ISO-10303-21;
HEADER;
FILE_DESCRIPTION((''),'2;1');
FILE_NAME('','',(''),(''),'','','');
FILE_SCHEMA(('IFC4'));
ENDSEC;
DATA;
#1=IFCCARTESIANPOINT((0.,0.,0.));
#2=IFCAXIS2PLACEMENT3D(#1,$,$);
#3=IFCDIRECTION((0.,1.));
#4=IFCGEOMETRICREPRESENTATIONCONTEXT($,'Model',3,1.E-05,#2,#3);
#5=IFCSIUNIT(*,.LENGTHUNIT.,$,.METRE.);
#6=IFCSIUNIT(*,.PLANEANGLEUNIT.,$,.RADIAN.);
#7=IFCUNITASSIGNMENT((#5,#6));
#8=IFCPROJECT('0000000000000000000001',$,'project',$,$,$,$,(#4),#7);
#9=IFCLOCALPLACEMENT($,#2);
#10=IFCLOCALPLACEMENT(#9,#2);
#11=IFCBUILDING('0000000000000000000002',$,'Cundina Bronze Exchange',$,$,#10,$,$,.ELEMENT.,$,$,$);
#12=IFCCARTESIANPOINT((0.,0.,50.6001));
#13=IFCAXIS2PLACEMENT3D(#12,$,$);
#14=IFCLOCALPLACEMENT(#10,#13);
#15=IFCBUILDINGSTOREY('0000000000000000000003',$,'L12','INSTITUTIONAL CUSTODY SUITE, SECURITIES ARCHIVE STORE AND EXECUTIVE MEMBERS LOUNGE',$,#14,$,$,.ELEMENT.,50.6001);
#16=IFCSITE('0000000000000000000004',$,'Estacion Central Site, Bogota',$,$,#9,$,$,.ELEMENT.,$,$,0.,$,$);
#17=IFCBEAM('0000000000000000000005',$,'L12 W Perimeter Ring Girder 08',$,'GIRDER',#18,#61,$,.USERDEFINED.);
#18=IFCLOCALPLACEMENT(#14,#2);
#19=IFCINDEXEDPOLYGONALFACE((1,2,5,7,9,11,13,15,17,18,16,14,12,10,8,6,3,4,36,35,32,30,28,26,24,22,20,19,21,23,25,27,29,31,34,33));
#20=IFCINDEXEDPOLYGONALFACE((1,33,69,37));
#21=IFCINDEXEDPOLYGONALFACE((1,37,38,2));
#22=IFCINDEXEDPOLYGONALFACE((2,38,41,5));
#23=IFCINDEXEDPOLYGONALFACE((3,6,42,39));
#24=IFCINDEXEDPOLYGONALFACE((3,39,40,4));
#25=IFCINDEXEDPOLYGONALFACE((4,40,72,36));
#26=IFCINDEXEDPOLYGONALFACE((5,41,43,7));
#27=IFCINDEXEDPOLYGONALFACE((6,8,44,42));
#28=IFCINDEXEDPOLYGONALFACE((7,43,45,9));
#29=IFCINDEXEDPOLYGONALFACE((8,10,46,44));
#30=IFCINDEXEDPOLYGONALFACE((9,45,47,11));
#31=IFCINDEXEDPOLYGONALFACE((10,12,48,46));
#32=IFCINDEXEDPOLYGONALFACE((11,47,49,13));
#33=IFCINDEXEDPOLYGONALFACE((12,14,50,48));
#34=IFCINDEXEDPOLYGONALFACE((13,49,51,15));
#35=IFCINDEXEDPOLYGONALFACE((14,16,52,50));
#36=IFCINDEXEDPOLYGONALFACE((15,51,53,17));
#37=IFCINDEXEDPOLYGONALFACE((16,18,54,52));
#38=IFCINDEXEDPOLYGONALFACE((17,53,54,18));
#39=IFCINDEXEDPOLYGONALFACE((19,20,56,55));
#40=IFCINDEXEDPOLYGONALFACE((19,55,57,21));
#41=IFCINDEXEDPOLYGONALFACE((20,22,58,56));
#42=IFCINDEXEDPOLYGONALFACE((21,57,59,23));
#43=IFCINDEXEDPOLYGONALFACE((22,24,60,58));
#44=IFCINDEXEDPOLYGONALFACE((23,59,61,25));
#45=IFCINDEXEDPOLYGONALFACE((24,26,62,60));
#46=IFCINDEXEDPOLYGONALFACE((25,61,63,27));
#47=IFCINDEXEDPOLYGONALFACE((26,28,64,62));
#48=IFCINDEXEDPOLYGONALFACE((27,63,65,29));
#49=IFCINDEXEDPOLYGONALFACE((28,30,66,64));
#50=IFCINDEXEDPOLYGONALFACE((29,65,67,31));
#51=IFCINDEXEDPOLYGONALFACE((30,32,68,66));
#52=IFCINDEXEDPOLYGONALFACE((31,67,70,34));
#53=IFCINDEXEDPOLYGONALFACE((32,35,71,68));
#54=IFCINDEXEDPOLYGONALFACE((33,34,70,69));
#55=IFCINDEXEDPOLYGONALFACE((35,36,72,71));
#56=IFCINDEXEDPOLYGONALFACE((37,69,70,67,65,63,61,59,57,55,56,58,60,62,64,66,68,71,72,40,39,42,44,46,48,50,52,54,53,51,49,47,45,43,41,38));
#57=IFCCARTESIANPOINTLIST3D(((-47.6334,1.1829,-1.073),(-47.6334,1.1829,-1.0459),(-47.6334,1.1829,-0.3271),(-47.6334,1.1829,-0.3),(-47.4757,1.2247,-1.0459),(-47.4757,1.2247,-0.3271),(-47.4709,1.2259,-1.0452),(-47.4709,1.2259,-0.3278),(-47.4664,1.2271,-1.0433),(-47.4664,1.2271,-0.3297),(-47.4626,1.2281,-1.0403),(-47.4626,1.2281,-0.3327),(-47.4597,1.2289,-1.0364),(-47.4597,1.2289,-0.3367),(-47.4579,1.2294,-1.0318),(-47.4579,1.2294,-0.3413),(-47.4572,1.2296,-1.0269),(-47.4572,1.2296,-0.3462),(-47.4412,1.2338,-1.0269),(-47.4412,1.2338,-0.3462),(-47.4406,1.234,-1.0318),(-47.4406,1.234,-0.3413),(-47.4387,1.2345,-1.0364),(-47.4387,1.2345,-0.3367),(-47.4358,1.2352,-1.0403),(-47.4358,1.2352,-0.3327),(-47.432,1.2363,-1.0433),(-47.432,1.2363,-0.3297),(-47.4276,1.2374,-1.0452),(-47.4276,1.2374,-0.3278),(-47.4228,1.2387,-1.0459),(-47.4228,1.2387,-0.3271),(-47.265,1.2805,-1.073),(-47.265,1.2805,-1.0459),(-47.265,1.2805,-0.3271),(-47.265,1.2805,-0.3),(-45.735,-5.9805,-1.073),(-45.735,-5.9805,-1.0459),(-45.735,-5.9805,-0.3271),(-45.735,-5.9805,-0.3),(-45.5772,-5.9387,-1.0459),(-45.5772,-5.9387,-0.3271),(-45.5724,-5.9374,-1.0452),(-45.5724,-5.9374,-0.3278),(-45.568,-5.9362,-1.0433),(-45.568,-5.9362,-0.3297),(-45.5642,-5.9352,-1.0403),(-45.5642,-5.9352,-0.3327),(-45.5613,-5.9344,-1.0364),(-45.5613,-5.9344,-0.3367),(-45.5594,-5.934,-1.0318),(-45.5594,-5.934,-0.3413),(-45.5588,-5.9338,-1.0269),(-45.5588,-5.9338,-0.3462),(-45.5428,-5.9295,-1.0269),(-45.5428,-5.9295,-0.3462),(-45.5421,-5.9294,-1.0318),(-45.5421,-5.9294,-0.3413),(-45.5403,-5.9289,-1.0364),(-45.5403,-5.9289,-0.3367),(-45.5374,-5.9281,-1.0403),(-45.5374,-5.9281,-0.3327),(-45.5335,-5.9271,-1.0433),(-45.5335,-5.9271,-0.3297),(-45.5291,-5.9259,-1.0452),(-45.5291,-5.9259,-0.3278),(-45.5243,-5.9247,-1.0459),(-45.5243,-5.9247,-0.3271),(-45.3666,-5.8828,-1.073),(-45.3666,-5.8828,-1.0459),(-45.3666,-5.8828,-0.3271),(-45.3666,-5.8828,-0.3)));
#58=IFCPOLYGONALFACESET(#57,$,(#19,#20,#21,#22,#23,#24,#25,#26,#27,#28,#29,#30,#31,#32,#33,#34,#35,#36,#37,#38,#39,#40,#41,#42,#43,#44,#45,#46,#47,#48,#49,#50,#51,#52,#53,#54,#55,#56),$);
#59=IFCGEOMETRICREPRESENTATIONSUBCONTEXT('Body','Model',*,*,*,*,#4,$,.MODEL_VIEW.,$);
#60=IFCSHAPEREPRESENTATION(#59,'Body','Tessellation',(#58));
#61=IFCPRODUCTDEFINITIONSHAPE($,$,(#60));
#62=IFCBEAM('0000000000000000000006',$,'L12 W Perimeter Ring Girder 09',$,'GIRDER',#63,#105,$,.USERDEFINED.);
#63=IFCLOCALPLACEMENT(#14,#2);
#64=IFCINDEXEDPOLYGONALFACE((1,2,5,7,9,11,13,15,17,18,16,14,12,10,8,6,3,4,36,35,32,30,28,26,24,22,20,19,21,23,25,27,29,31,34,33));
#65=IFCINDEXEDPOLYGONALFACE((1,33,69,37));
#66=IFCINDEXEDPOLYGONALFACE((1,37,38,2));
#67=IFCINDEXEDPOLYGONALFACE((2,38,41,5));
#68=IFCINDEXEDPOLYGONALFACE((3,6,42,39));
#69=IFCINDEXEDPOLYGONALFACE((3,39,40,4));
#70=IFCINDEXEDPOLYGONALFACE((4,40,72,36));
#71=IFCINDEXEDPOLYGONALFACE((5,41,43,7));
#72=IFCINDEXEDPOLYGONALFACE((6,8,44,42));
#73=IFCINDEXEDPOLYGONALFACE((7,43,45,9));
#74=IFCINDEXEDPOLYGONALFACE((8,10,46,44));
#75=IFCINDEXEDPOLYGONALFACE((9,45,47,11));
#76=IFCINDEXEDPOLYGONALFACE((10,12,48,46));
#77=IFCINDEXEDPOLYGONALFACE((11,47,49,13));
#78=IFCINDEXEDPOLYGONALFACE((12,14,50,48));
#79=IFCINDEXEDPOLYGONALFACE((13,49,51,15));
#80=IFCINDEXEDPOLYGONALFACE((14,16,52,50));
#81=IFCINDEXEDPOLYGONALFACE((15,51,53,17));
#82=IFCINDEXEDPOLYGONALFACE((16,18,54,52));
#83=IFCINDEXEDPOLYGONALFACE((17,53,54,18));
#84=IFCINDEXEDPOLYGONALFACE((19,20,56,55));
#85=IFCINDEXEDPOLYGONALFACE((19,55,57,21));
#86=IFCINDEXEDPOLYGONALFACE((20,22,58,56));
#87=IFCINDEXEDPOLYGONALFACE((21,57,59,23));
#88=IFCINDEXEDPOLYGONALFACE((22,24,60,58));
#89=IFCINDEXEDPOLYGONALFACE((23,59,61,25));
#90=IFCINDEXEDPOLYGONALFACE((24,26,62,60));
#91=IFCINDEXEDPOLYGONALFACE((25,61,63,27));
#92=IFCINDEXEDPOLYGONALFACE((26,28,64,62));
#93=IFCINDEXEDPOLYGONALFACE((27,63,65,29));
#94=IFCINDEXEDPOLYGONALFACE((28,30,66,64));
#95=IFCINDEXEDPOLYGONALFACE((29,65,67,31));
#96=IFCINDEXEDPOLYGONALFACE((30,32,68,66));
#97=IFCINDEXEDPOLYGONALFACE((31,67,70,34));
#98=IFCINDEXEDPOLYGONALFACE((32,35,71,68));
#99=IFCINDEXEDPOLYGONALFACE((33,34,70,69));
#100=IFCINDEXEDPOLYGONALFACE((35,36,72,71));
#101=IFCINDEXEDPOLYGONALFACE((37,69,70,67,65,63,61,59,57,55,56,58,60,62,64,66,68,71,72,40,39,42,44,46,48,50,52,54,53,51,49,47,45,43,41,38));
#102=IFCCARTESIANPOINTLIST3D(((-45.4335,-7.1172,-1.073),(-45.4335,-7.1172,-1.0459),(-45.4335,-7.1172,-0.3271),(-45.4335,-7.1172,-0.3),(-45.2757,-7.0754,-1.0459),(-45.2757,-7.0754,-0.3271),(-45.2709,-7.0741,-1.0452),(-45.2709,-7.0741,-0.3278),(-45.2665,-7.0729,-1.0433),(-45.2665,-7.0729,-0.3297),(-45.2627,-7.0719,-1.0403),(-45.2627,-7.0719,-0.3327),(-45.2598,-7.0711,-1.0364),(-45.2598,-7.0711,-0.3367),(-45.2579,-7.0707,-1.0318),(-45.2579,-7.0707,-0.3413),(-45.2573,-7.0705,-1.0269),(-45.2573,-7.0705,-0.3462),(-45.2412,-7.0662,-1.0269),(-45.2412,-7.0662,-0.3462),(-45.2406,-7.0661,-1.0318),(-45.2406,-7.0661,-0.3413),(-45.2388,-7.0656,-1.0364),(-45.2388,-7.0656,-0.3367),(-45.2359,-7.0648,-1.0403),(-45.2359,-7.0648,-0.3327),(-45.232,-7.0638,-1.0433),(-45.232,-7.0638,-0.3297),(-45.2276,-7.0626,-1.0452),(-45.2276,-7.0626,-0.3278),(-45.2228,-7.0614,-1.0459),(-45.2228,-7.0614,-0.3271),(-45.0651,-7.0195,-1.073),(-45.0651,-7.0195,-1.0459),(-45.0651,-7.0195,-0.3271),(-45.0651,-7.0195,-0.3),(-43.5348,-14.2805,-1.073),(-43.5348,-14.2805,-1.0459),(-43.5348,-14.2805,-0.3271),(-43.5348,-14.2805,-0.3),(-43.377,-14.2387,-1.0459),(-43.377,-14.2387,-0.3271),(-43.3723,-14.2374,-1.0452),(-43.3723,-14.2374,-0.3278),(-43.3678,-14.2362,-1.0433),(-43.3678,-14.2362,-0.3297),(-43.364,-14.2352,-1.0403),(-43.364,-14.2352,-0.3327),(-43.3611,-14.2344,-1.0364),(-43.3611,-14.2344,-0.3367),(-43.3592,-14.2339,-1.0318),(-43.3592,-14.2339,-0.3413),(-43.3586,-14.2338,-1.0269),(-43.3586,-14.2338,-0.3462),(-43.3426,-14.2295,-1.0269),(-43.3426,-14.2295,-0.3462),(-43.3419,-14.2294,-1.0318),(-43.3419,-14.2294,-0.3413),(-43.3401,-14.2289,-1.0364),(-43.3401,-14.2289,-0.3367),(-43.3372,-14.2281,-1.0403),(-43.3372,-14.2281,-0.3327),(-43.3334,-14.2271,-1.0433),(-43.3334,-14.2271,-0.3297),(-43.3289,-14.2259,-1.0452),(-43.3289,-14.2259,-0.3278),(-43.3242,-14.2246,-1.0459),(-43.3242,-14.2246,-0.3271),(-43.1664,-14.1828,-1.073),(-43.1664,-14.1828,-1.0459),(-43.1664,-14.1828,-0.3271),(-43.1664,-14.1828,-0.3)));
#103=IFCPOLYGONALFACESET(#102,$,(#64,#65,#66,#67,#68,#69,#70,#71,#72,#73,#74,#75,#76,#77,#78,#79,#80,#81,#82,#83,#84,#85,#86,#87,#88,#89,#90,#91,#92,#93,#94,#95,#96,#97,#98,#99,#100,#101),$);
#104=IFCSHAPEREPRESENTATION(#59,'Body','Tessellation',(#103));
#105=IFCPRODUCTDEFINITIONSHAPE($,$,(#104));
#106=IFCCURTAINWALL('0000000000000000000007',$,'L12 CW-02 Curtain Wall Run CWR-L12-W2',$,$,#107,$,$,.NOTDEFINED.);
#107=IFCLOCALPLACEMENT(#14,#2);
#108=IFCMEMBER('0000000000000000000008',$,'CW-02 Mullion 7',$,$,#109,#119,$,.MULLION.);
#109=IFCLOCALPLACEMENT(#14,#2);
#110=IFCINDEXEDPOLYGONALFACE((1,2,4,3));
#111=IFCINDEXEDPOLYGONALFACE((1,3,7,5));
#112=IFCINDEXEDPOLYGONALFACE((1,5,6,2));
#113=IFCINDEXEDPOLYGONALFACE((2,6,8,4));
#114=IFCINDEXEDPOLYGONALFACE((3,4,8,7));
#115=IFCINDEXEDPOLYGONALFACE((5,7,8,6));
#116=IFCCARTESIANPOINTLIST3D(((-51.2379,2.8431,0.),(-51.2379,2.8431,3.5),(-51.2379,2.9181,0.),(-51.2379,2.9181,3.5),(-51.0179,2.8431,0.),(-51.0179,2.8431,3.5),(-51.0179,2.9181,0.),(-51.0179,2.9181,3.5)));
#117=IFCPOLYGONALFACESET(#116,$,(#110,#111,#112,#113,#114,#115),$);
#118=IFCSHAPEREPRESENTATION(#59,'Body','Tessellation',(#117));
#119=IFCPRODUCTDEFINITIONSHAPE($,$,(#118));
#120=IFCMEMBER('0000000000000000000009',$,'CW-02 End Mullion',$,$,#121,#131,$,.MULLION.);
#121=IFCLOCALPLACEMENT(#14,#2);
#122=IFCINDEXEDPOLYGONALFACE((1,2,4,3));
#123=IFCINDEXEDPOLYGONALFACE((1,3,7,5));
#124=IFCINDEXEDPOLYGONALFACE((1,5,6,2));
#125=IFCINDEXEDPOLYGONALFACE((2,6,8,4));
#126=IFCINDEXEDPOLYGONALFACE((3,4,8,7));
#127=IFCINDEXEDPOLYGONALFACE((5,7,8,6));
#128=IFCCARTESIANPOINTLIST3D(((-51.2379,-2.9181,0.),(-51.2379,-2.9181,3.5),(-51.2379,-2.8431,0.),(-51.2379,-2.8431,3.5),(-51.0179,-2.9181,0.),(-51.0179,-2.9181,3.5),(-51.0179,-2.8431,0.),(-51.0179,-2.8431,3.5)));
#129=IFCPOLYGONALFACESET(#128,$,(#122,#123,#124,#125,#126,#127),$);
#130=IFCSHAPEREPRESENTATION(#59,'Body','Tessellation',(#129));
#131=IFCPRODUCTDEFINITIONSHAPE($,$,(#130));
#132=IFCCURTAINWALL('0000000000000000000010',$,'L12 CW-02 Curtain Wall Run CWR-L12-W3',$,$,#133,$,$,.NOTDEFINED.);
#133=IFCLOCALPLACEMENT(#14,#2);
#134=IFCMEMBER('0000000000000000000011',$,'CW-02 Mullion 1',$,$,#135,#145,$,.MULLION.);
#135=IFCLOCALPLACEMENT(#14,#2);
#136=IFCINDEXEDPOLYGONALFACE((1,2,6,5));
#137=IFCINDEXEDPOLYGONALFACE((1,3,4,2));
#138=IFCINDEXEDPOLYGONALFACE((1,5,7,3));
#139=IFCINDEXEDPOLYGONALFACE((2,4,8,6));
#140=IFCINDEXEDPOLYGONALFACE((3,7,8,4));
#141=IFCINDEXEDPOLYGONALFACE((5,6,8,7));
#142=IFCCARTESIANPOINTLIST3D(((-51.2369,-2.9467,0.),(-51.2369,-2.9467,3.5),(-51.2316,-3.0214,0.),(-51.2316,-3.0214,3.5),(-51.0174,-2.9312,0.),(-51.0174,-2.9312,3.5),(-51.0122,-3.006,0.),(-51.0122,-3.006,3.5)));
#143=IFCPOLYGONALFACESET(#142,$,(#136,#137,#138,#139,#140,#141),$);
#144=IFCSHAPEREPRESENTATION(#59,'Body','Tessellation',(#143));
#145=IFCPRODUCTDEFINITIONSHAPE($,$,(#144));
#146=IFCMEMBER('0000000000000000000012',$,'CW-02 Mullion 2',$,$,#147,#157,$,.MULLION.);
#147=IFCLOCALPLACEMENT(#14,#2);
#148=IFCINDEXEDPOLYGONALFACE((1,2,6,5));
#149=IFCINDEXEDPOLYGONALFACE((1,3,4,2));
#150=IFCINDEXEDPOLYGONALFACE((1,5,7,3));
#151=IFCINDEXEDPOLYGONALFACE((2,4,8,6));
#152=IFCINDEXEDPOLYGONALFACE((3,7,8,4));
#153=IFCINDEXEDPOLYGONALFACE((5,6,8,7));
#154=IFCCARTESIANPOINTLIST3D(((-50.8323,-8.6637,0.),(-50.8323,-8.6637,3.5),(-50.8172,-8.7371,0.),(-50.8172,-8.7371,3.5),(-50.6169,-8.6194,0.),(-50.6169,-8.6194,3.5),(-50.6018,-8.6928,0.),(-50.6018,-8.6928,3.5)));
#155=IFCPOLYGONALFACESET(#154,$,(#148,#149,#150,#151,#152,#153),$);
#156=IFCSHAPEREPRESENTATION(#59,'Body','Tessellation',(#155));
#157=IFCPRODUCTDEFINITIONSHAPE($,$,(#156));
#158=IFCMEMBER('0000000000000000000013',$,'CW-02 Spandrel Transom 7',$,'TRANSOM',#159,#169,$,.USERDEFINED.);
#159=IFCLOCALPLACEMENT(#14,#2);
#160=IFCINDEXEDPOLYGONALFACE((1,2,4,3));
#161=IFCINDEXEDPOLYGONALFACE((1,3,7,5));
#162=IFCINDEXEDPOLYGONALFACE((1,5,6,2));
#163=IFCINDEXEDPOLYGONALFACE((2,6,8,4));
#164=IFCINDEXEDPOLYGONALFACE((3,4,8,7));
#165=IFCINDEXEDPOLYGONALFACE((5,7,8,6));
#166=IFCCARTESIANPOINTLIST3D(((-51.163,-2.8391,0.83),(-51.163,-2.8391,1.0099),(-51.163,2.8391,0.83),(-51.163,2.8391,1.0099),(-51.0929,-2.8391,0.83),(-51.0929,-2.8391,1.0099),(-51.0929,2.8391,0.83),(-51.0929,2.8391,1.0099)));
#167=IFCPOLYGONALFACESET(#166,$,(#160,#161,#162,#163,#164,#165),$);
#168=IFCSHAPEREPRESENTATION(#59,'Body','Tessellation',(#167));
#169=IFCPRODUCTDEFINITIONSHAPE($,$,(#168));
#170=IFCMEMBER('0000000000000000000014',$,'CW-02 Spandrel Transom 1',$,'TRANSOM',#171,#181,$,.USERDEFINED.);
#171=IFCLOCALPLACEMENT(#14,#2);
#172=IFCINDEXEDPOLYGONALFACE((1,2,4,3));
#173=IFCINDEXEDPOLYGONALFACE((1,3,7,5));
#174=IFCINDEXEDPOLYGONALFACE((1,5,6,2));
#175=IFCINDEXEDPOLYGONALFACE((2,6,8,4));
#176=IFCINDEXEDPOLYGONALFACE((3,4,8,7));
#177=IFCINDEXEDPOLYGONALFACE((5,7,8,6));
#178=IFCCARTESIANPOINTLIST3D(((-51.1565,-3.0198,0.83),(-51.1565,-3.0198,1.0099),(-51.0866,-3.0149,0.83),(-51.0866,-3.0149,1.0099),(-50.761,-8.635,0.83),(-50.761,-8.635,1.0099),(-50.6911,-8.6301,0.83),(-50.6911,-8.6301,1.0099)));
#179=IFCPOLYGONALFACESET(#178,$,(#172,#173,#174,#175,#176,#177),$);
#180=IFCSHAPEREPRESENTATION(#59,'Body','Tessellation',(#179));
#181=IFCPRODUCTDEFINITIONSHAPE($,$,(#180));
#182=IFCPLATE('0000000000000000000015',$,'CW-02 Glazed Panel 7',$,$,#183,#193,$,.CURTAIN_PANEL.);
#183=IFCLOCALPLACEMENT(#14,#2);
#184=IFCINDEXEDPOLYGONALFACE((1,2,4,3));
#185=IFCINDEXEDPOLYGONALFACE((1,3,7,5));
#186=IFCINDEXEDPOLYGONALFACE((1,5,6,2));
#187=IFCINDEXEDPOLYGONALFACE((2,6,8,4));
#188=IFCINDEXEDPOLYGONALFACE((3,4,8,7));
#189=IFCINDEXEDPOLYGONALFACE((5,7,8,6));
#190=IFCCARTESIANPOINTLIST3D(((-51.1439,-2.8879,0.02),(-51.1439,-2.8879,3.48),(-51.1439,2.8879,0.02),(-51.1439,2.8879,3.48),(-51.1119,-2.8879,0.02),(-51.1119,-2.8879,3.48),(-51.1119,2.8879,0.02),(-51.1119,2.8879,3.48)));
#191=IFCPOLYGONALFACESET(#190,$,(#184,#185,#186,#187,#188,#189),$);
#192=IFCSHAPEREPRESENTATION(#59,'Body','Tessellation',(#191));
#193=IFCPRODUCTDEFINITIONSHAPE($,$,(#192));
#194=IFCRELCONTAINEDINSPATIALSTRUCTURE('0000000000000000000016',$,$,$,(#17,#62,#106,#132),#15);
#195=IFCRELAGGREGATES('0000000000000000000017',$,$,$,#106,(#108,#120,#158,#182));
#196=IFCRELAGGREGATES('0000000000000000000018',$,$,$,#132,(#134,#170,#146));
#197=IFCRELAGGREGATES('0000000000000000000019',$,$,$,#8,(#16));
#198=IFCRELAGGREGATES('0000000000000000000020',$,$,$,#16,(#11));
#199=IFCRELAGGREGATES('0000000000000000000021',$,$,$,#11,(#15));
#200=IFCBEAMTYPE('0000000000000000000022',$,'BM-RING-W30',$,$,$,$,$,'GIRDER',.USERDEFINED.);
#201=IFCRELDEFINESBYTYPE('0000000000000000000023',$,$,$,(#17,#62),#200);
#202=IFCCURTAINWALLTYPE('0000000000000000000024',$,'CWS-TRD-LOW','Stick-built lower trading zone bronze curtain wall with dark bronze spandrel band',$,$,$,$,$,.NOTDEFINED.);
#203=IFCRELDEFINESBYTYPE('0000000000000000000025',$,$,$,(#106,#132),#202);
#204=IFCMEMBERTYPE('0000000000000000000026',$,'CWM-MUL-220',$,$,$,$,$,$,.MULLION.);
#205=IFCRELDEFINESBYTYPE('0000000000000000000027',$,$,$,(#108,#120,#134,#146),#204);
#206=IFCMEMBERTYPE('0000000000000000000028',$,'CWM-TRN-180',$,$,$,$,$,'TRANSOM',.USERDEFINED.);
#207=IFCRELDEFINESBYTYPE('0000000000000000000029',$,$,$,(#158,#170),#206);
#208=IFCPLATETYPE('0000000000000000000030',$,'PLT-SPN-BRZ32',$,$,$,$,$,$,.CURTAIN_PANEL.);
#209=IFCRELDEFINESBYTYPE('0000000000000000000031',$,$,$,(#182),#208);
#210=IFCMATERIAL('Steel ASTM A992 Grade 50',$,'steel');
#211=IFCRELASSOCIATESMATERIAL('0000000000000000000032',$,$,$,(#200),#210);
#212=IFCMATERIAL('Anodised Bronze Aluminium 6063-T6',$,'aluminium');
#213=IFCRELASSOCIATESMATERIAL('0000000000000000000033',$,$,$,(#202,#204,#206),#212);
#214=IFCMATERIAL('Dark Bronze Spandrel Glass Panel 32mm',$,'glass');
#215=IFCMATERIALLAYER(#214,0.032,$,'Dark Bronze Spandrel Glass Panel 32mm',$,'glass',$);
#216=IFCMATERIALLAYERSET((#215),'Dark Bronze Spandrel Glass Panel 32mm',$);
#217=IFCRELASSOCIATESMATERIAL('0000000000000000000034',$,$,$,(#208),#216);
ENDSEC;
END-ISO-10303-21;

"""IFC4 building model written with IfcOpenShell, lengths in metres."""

from ifc_helpers import new_model, si_unit, direction, frame, origin, origin_2d, place, context, subcontext, project, spatial, rectangle, i_section, extrude, material, layer, layer_set, material_profile, profile_set, type_object, element, aggregate, save


model = new_model("IFC4")

# Units and contexts
model_context = context("Model", 3, precision=1e-05, world=origin(), true_north=direction((0.0, 1.0)))
body_context = subcontext(model_context, "Body", "Model", "MODEL_VIEW")
ifc_project = project(units=[si_unit("LENGTHUNIT", "METRE"), si_unit("PLANEANGLEUNIT", "RADIAN")], contexts=[model_context])

# Site, building, storey
site_placement = place(None, origin())
site = spatial("IfcSite", under=ifc_project, at=site_placement, Name="Estacion Central Site, Bogota", CompositionType="ELEMENT", RefElevation=0.0)
building_placement = place(site_placement, origin())
building = spatial("IfcBuilding", under=site, at=building_placement, Name="Cundina Bronze Exchange", CompositionType="ELEMENT")
storey_placement = place(building_placement, frame((0.0, 0.0, 50.6001)))
storey = spatial("IfcBuildingStorey", under=building, at=storey_placement, Name="L12", Description="INSTITUTIONAL CUSTODY SUITE, SECURITIES ARCHIVE STORE AND EXECUTIVE MEMBERS LOUNGE", CompositionType="ELEMENT", Elevation=50.6001)

# Beams
ifc_material_1 = material(Name="Steel ASTM A992 Grade 50", Category="steel")
ifc_material_profile_1 = material_profile(ifc_material_1, i_section(OverallWidth=0.3811, OverallDepth=0.7729, WebThickness=0.0166, FlangeThickness=0.0271, FilletRadius=0.019, at=origin_2d()), Name="W30X173", Category="steel")
ifc_profile_set_1 = profile_set([ifc_material_profile_1], Name="Steel ASTM A992 Grade 50")
beam_type_1 = type_object("IfcBeamType", Name="BM-RING-W30", ElementType="GIRDER", PredefinedType="USERDEFINED", material=ifc_profile_set_1)
for number, where, z_axis, x_axis, name in (
    (1, (-47.4492, 1.2317, -0.6865), (0.256178, -0.96663, 0.0), (0.96663, 0.256178, 0.0), "L12 W Perimeter Ring Girder 08"),
    (2, (-45.2493, -7.0684, -0.6865), (0.256209, -0.966622, 0.0), (0.966622, 0.256209, 0.0), "L12 W Perimeter Ring Girder 09"),
):
    element("IfcBeam", number, at=place(storey_placement, frame(where, z_axis=z_axis, x_axis=x_axis)), inside=storey, type_object=beam_type_1, Name=name, ObjectType="GIRDER", PredefinedType="USERDEFINED", context=body_context, shape_type="SweptSolid", body=[
        extrude(i_section(OverallWidth=0.3811, OverallDepth=0.7729, WebThickness=0.0166, FlangeThickness=0.0271, FilletRadius=0.019, at=origin_2d()), origin(), (0.0, 0.0, 1.0), 7.4106),
    ])

# Curtain walls, members
ifc_material_2 = material(Name="Anodised Bronze Aluminium 6063-T6", Category="aluminium")
curtain_wall_type = type_object("IfcCurtainWallType", Name="CWS-TRD-LOW", Description="Stick-built lower trading zone bronze curtain wall with dark bronze spandrel band", PredefinedType="NOTDEFINED", material=ifc_material_2)
curtain_wall_1_placement = place(storey_placement, origin())
curtain_wall_1 = element("IfcCurtainWall", 3, at=curtain_wall_1_placement, inside=storey, type_object=curtain_wall_type, Name="L12 CW-02 Curtain Wall Run CWR-L12-W2", PredefinedType="NOTDEFINED")
ifc_material_profile_2 = material_profile(ifc_material_2, rectangle(XDim=0.075, YDim=0.22, at=origin_2d()), Name="AL75X220", Category="aluminium")
ifc_profile_set_2 = profile_set([ifc_material_profile_2], Name="Anodised Bronze Aluminium 6063-T6")
member_type_1 = type_object("IfcMemberType", Name="CWM-MUL-220", PredefinedType="MULLION", material=ifc_profile_set_2)
member_1_placement = place(storey_placement, frame((-51.1279, 2.8806, 0.0), z_axis=(0.0, 0.0, 1.0), x_axis=(0.0, -1.0, 0.0)))
member_1 = element("IfcMember", 4, at=member_1_placement, type_object=member_type_1, Name="CW-02 Mullion 7", PredefinedType="MULLION", context=body_context, shape_type="SweptSolid", body=[
    extrude(rectangle(XDim=0.075, YDim=0.22, at=origin_2d()), origin(), (0.0, 0.0, 1.0), 3.5),
])
member_2_placement = place(storey_placement, frame((-51.1279, -2.8806, 0.0), z_axis=(0.0, 0.0, 1.0), x_axis=(0.0, -1.0, 0.0)))
member_2 = element("IfcMember", 5, at=member_2_placement, type_object=member_type_1, Name="CW-02 End Mullion", PredefinedType="MULLION", context=body_context, shape_type="SweptSolid", body=[
    extrude(rectangle(XDim=0.075, YDim=0.22, at=origin_2d()), origin(), (0.0, 0.0, 1.0), 3.5),
])
curtain_wall_2_placement = place(storey_placement, origin())
curtain_wall_2 = element("IfcCurtainWall", 6, at=curtain_wall_2_placement, inside=storey, type_object=curtain_wall_type, Name="L12 CW-02 Curtain Wall Run CWR-L12-W3", PredefinedType="NOTDEFINED")
member_3_placement = place(storey_placement, frame((-51.1245, -2.9763, 0.0), z_axis=(0.0, 0.0, 1.0), x_axis=(0.070279, -0.997527, 0.0)))
member_3 = element("IfcMember", 7, at=member_3_placement, type_object=member_type_1, Name="CW-02 Mullion 1", PredefinedType="MULLION", context=body_context, shape_type="SweptSolid", body=[
    extrude(rectangle(XDim=0.075, YDim=0.22, at=origin_2d()), origin(), (0.0, 0.0, 1.0), 3.5),
])
member_4_placement = place(storey_placement, frame((-50.717, -8.6782, 0.0), z_axis=(0.0, 0.0, 1.0), x_axis=(0.20142, -0.979505, 0.0)))
member_4 = element("IfcMember", 8, at=member_4_placement, type_object=member_type_1, Name="CW-02 Mullion 2", PredefinedType="MULLION", context=body_context, shape_type="SweptSolid", body=[
    extrude(rectangle(XDim=0.075, YDim=0.22, at=origin_2d()), origin(), (0.0, 0.0, 1.0), 3.5),
])

# Members
ifc_material_profile_3 = material_profile(ifc_material_2, rectangle(XDim=0.0701, YDim=0.1799, at=origin_2d()), Name="AL70X180", Category="aluminium")
ifc_profile_set_3 = profile_set([ifc_material_profile_3], Name="Anodised Bronze Aluminium 6063-T6")
member_type_2 = type_object("IfcMemberType", Name="CWM-TRN-180", ElementType="TRANSOM", PredefinedType="USERDEFINED", material=ifc_profile_set_3)
member_5_placement = place(storey_placement, frame((-51.1279, 2.8391, 0.9199), z_axis=(0.0, -1.0, 0.0), x_axis=(1.0, 0.0, 0.0)))
member_5 = element("IfcMember", 9, at=member_5_placement, type_object=member_type_2, Name="CW-02 Spandrel Transom 7", ObjectType="TRANSOM", PredefinedType="USERDEFINED", context=body_context, shape_type="SweptSolid", body=[
    extrude(rectangle(XDim=0.0701, YDim=0.1799, at=origin_2d()), origin(), (0.0, 0.0, 1.0), 5.6782),
])
member_6_placement = place(storey_placement, frame((-51.1216, -3.0173, 0.9199), z_axis=(0.070261, -0.997529, 0.0), x_axis=(0.997529, 0.070261, 0.0)))
member_6 = element("IfcMember", 10, at=member_6_placement, type_object=member_type_2, Name="CW-02 Spandrel Transom 1", ObjectType="TRANSOM", PredefinedType="USERDEFINED", context=body_context, shape_type="SweptSolid", body=[
    extrude(rectangle(XDim=0.0701, YDim=0.1799, at=origin_2d()), origin(), (0.0, 0.0, 1.0), 5.6292),
])

# Plate
ifc_material_3 = material(Name="Dark Bronze Spandrel Glass Panel 32mm", Category="glass")
ifc_layer_1 = layer(ifc_material_3, 0.032, Name="Dark Bronze Spandrel Glass Panel 32mm", Category="glass")
ifc_layer_set_1 = layer_set([ifc_layer_1], Name="Dark Bronze Spandrel Glass Panel 32mm")
plate_type = type_object("IfcPlateType", Name="PLT-SPN-BRZ32", PredefinedType="CURTAIN_PANEL", material=ifc_layer_set_1)
plate_1_placement = place(storey_placement, frame((-51.1279, 0.0, 0.02), z_axis=(0.0, 0.0, 1.0), x_axis=(0.0, -1.0, 0.0)))
plate_1 = element("IfcPlate", 11, at=plate_1_placement, type_object=plate_type, Name="CW-02 Glazed Panel 7", PredefinedType="CURTAIN_PANEL", context=body_context, shape_type="SweptSolid", body=[
    extrude(rectangle(XDim=5.7759, YDim=0.032, at=origin_2d()), origin(), (0.0, 0.0, 1.0), 3.46),
])
aggregate(curtain_wall_1, [member_1, member_2, member_5, plate_1])
aggregate(curtain_wall_2, [member_3, member_6, member_4])

save(model, "model.ifc")
